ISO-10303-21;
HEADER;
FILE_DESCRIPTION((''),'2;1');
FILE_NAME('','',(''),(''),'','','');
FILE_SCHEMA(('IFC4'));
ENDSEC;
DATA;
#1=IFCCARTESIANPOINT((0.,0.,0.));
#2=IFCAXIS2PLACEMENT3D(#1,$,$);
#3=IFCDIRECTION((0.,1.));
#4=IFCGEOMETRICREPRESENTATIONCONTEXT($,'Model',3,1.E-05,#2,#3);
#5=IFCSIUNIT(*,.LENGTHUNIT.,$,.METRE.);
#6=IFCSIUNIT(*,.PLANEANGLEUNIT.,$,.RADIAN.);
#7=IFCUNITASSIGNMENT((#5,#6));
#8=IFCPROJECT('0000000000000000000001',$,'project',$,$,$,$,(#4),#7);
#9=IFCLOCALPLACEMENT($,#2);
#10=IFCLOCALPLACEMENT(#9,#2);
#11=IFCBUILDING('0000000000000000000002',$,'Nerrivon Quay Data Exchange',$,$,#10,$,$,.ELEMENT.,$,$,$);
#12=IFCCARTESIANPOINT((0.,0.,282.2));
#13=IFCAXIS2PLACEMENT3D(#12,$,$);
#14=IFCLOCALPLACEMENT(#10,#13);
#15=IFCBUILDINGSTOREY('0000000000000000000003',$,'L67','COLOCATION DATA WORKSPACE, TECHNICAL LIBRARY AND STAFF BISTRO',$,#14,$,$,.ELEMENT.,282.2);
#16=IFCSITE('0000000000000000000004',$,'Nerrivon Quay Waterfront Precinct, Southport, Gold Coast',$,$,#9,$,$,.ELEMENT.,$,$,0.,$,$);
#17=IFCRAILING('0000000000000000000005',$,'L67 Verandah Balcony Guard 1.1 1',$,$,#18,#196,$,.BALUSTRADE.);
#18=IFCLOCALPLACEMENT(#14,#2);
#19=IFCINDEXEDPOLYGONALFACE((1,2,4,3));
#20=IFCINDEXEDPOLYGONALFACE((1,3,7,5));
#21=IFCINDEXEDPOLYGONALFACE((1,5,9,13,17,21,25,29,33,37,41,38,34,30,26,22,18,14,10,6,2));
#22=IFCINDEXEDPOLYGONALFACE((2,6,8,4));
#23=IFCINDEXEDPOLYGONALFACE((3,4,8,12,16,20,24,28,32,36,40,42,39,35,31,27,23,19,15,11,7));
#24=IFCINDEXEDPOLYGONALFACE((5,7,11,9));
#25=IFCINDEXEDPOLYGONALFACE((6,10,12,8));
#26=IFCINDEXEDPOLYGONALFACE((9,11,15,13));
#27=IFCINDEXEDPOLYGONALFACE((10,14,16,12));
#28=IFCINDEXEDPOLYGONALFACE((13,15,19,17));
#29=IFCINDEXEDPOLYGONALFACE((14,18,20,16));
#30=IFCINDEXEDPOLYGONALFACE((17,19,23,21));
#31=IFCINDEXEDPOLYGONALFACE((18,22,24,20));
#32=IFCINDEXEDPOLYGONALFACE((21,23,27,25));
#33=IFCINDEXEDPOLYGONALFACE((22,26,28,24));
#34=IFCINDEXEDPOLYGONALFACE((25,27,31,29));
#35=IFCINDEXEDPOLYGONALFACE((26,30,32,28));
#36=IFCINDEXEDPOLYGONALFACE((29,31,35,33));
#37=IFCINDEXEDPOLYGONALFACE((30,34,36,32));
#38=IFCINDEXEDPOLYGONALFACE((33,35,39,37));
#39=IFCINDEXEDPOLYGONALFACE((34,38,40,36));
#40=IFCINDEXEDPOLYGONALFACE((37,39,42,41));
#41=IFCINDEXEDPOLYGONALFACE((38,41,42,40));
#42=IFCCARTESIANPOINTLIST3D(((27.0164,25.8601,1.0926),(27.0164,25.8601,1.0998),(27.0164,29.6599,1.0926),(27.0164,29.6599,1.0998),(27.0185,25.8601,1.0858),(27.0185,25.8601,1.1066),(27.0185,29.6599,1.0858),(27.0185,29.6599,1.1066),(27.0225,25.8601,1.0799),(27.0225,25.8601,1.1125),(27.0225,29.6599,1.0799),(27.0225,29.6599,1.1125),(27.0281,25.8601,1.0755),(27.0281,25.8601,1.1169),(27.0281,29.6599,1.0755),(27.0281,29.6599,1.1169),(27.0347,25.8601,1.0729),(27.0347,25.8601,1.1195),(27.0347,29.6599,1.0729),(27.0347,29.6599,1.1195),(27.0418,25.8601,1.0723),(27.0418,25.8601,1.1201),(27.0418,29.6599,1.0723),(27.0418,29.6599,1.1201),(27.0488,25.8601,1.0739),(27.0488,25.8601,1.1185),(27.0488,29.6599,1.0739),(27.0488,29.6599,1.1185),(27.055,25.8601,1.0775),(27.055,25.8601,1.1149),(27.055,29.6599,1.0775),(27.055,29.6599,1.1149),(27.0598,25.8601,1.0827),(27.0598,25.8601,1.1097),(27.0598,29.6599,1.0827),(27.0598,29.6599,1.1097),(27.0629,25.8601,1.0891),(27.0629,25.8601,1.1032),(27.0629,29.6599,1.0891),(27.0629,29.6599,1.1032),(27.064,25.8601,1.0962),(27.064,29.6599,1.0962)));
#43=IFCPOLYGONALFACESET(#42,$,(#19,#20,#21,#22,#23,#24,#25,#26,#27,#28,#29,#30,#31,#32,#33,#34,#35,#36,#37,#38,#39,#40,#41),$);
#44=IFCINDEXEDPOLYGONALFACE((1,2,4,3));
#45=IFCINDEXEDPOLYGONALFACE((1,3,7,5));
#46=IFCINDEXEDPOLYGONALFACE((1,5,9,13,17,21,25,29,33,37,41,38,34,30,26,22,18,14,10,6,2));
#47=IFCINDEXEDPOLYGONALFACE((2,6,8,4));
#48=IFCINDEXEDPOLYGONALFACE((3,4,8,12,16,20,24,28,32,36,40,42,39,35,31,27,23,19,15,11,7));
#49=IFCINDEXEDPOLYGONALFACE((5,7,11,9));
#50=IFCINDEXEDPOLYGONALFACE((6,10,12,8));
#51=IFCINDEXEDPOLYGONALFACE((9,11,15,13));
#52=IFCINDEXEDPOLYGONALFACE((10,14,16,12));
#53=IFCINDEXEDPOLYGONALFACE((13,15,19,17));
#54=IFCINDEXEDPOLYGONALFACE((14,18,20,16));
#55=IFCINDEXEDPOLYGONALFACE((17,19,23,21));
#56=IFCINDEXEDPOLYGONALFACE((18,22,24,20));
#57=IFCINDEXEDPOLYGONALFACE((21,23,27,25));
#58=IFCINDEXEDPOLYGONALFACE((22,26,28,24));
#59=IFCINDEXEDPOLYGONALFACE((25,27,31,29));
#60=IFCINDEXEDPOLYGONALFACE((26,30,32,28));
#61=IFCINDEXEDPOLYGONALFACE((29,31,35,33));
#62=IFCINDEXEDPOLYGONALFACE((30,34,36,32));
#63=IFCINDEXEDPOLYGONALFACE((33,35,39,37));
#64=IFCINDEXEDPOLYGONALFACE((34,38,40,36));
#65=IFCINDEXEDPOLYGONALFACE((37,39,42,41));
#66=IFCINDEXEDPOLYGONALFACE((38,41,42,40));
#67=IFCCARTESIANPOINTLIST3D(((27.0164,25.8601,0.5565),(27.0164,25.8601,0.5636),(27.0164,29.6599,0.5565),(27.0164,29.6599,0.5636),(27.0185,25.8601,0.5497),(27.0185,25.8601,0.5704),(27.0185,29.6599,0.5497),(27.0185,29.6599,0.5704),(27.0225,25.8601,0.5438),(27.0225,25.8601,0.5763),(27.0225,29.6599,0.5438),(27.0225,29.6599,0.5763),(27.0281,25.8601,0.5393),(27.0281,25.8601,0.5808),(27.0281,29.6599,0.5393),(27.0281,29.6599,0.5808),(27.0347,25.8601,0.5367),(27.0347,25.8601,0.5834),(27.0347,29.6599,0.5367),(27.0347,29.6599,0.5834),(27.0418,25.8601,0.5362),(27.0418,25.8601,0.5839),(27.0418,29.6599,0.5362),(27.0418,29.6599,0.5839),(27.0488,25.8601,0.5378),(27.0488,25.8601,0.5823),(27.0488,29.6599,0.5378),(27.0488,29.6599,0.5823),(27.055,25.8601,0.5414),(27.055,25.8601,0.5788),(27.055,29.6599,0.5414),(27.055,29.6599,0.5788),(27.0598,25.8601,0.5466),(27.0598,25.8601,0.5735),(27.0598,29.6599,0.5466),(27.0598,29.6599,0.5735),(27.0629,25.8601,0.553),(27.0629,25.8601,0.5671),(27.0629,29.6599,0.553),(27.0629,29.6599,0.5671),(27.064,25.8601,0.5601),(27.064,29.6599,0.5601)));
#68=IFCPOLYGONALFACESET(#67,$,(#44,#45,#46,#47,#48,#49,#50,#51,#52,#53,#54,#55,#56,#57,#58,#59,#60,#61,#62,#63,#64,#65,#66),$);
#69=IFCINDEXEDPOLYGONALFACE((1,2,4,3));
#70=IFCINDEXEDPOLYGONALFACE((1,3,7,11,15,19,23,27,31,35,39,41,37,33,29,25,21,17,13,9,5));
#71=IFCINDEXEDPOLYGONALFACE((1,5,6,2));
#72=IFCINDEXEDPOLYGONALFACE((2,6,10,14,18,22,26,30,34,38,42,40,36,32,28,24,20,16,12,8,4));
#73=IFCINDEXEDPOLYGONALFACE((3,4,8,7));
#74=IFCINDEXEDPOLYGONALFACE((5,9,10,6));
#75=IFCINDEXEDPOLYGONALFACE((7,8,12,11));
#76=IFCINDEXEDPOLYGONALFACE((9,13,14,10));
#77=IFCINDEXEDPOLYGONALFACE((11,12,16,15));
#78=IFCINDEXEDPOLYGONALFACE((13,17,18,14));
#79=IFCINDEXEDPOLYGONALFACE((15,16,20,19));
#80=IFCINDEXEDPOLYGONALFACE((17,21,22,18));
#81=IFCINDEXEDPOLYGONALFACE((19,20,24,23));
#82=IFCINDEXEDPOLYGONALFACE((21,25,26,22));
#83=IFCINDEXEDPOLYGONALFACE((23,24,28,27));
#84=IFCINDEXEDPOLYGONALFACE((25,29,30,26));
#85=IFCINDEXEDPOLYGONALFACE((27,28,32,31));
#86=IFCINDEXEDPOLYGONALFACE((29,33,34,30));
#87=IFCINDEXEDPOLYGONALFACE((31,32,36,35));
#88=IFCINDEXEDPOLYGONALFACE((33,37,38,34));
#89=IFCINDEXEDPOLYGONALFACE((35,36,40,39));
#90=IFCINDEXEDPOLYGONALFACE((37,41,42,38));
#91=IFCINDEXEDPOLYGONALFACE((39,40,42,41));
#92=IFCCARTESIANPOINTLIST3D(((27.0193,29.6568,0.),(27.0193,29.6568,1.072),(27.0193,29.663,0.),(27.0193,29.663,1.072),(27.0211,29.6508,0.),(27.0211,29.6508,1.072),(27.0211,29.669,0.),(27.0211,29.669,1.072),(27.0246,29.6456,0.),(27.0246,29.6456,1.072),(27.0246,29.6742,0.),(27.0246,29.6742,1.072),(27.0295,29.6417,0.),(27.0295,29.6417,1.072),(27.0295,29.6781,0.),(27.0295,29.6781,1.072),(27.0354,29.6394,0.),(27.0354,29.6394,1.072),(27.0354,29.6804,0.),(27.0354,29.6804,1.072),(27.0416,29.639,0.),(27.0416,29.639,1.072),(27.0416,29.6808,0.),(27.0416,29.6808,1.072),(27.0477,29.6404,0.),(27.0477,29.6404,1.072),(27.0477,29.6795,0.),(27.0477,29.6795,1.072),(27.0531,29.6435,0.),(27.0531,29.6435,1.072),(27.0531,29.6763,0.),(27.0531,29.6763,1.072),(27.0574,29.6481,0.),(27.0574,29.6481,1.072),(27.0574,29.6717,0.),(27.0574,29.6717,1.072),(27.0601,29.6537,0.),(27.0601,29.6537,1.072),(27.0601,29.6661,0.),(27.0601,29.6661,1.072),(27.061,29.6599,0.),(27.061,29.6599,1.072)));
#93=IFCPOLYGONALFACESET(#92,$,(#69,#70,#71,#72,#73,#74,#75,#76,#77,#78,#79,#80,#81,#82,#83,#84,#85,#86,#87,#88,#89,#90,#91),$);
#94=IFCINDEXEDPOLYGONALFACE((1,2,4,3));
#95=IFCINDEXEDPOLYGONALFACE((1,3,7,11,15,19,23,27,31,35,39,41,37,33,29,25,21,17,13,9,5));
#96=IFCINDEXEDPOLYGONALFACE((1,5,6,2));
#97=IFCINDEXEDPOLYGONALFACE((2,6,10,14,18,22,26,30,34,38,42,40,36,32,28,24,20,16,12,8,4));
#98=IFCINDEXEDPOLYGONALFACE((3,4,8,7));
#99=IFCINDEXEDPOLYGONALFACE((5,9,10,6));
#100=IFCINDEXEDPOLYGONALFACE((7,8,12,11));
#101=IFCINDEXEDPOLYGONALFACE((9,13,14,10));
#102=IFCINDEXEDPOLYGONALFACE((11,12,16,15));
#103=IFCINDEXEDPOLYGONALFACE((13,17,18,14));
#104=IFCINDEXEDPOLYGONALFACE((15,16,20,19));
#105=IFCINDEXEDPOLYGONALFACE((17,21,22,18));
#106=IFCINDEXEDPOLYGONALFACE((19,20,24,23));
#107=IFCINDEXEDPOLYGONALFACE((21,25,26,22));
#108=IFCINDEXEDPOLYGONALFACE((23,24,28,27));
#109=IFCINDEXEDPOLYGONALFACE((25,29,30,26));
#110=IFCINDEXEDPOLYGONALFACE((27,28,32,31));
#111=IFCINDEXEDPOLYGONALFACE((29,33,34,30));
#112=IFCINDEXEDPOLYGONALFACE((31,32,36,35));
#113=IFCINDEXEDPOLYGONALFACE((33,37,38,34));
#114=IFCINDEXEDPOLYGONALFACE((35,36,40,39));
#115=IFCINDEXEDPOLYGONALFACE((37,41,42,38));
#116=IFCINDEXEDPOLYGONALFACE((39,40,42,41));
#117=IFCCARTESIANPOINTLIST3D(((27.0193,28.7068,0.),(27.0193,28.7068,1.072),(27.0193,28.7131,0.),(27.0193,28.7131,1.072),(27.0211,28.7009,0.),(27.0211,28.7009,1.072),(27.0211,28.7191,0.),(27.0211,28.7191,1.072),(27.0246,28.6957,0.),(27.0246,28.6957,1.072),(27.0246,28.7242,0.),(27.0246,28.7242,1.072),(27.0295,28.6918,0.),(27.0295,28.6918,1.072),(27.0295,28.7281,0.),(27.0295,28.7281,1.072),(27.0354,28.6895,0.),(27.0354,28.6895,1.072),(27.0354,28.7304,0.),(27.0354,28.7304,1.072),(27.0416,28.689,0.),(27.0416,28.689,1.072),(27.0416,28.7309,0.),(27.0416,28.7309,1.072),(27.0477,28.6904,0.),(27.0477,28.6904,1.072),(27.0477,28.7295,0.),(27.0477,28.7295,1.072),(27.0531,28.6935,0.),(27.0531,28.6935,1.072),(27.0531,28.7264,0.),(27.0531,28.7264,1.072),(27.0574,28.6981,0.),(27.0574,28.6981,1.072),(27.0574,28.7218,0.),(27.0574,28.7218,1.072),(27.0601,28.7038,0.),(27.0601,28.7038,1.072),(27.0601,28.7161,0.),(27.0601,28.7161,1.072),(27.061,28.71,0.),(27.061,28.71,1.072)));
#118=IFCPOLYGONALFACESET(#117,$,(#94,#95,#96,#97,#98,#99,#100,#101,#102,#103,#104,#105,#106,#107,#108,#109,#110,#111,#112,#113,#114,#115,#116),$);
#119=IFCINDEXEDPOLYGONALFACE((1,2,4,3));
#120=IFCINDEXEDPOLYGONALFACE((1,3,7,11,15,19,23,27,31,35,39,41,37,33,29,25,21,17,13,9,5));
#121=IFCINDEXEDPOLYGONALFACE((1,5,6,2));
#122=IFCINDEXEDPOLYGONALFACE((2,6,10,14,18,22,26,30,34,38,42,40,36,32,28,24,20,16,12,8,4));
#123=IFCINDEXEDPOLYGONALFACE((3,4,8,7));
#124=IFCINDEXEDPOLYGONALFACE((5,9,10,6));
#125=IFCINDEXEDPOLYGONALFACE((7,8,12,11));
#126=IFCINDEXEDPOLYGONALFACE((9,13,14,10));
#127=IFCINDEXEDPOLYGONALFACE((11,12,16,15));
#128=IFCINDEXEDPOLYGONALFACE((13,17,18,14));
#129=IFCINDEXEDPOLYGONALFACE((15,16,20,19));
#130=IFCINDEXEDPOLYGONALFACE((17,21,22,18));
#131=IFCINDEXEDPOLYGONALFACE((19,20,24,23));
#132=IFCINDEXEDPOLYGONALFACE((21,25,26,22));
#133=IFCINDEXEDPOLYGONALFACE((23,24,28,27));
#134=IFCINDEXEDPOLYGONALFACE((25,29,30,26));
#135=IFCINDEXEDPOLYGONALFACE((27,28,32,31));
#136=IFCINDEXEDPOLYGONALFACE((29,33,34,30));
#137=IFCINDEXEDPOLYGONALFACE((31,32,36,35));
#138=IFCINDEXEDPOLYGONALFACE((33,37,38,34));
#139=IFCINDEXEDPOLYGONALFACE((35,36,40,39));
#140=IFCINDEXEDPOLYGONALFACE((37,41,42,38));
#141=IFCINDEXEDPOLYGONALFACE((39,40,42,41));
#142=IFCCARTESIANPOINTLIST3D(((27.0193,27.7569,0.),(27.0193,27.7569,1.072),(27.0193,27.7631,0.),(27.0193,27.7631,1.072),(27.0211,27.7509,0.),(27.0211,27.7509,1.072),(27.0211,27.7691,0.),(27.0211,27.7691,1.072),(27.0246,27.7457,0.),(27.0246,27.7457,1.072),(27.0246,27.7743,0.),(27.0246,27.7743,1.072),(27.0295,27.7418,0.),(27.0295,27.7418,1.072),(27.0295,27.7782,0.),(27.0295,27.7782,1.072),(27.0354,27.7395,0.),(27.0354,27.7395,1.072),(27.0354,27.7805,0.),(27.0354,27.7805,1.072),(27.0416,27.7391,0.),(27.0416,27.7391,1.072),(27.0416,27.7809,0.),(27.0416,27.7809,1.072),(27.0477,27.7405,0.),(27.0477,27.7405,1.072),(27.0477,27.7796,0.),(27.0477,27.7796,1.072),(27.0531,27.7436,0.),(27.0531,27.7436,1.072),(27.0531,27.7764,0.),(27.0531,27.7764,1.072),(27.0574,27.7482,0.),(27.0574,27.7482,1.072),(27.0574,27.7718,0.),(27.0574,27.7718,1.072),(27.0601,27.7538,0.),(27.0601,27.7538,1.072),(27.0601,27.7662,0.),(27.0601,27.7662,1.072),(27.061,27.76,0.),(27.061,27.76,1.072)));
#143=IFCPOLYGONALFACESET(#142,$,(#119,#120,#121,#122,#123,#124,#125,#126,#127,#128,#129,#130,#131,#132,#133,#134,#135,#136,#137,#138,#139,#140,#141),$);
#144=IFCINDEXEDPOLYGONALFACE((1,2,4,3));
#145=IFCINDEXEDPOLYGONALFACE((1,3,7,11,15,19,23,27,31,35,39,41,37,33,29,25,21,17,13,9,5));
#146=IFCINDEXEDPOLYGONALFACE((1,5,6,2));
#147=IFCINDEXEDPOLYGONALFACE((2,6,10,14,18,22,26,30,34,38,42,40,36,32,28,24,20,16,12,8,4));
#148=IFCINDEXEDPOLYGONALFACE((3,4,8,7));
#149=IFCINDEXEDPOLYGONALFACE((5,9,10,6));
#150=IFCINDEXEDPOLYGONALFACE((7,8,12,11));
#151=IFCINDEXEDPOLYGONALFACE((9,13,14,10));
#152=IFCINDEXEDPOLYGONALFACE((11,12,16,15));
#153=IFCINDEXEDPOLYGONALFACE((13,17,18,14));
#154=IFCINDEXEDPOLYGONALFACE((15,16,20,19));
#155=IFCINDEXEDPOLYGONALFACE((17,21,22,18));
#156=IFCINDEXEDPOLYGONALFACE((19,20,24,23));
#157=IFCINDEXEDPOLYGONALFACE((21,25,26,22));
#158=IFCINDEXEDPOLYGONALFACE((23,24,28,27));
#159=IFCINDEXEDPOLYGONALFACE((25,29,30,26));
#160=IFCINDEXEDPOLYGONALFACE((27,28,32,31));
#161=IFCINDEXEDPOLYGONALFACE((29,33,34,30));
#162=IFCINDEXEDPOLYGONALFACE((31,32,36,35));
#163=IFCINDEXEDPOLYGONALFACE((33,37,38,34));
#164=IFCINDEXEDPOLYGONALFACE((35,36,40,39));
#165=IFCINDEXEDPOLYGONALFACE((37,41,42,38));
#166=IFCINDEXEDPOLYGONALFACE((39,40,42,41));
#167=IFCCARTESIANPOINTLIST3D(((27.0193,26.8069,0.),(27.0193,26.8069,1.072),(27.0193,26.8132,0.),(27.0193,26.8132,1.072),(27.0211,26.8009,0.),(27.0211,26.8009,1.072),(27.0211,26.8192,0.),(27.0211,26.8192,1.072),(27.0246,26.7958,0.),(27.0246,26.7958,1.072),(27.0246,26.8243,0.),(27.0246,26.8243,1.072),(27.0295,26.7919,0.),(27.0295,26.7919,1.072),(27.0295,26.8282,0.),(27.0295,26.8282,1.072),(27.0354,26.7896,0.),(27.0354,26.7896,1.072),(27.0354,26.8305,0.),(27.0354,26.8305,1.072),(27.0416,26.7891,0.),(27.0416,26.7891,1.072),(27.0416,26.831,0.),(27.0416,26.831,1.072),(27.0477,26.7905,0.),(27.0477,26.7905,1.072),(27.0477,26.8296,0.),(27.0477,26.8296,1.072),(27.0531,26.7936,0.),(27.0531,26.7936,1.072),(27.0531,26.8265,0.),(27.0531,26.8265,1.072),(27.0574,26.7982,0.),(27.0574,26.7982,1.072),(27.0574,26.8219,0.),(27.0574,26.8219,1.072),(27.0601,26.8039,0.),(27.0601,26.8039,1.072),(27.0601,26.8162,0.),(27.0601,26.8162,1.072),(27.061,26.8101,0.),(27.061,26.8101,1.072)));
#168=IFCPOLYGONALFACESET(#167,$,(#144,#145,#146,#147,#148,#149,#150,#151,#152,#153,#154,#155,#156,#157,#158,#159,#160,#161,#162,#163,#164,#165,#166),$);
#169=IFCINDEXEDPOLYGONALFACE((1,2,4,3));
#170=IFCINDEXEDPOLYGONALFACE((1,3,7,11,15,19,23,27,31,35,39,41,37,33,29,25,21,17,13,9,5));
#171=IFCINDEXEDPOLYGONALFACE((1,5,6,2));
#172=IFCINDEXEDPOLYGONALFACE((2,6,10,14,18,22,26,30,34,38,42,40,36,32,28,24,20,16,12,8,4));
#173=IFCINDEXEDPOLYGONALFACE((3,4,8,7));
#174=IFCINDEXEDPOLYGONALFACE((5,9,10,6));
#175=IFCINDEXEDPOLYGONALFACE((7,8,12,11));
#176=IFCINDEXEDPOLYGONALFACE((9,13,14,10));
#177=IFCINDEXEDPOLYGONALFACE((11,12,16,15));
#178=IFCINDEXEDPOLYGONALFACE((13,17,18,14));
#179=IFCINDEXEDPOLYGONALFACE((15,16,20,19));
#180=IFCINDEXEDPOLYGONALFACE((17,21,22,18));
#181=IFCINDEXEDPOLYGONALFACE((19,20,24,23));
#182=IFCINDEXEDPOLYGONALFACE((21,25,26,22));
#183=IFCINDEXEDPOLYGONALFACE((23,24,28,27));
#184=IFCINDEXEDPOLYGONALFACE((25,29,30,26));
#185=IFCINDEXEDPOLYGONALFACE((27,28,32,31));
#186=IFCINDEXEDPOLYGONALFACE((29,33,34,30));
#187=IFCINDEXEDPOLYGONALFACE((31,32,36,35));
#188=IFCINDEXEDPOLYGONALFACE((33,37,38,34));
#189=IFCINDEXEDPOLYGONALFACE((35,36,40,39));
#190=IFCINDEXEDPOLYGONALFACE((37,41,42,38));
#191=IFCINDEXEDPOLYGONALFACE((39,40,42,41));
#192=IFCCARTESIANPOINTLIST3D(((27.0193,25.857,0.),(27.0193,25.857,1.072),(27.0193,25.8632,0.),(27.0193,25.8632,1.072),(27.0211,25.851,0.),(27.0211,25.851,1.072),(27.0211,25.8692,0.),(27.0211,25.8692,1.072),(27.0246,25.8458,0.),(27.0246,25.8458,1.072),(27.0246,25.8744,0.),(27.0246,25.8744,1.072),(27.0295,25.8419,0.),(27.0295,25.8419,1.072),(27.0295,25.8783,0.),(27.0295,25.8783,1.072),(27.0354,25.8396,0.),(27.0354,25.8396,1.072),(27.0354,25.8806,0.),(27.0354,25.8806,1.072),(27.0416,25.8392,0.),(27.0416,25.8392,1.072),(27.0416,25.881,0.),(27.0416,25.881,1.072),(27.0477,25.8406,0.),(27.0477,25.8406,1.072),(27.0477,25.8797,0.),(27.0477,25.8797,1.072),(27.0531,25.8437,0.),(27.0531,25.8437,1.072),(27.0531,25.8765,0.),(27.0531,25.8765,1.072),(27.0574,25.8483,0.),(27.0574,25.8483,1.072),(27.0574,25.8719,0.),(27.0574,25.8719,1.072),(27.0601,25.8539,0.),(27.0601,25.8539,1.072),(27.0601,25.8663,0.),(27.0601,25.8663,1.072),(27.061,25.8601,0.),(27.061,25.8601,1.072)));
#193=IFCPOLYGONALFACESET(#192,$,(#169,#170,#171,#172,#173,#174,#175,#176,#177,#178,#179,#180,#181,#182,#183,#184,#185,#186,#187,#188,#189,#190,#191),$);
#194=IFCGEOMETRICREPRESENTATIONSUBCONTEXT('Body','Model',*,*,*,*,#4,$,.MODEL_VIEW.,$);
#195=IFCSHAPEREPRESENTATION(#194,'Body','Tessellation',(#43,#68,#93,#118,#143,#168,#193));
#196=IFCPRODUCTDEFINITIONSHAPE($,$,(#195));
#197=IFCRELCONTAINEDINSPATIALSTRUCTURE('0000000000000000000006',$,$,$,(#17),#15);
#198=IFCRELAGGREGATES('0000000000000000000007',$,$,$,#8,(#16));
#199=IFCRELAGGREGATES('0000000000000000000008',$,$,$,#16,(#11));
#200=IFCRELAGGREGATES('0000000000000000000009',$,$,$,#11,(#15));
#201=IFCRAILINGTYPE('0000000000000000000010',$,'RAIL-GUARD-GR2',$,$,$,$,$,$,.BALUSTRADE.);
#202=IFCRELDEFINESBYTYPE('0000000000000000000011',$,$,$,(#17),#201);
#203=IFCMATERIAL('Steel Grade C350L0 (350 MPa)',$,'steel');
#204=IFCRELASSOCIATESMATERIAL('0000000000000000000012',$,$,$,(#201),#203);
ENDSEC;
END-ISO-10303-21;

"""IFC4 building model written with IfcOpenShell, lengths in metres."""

from ifc_helpers import new_model, si_unit, direction, frame, origin, origin_2d, place, context, subcontext, project, spatial, circle, extrude, material, type_object, element, save


model = new_model("IFC4")

# Units and contexts
model_context = context("Model", 3, precision=1e-05, world=origin(), true_north=direction((0.0, 1.0)))
body_context = subcontext(model_context, "Body", "Model", "MODEL_VIEW")
ifc_project = project(units=[si_unit("LENGTHUNIT", "METRE"), si_unit("PLANEANGLEUNIT", "RADIAN")], contexts=[model_context])

# Site, building, storey
site_placement = place(None, origin())
site = spatial("IfcSite", under=ifc_project, at=site_placement, Name="Nerrivon Quay Waterfront Precinct, Southport, Gold Coast", CompositionType="ELEMENT", RefElevation=0.0)
building_placement = place(site_placement, origin())
building = spatial("IfcBuilding", under=site, at=building_placement, Name="Nerrivon Quay Data Exchange", CompositionType="ELEMENT")
storey_placement = place(building_placement, frame((0.0, 0.0, 282.2)))
storey = spatial("IfcBuildingStorey", under=building, at=storey_placement, Name="L67", Description="COLOCATION DATA WORKSPACE, TECHNICAL LIBRARY AND STAFF BISTRO", CompositionType="ELEMENT", Elevation=282.2)

# Shared definitions
ifc_material_1 = material(Name="Steel Grade C350L0 (350 MPa)", Category="steel")

# Railing
railing_type = type_object("IfcRailingType", Name="RAIL-GUARD-GR2", PredefinedType="BALUSTRADE", material=ifc_material_1)
railing_1_placement = place(storey_placement, frame((27.04, 29.6599, 0.0)))
element("IfcRailing", 1, at=railing_1_placement, inside=storey, type_object=railing_type, Name="L67 Verandah Balcony Guard 1.1 1", PredefinedType="BALUSTRADE", context=body_context, shape_type="SweptSolid", body=[
    extrude(circle(Radius=0.0239, at=origin_2d()), frame((0.0, 0.0, 1.0962), z_axis=(0.0, -1.0, 0.0), x_axis=(1.0, 0.0, 0.0)), (0.0, 0.0, 1.0), 3.7998),
    extrude(circle(Radius=0.0239, at=origin_2d()), frame((0.0, 0.0, 0.5601), z_axis=(0.0, -1.0, 0.0), x_axis=(1.0, 0.0, 0.0)), (0.0, 0.0, 1.0), 3.7998),
    extrude(circle(Radius=0.021, at=origin_2d()), origin(), (0.0, 0.0, 1.0), 1.072),
    extrude(circle(Radius=0.021, at=origin_2d()), frame((0.0, -0.95, 0.0)), (0.0, 0.0, 1.0), 1.072),
    extrude(circle(Radius=0.021, at=origin_2d()), frame((0.0, -1.8999, 0.0)), (0.0, 0.0, 1.0), 1.072),
    extrude(circle(Radius=0.021, at=origin_2d()), frame((0.0, -2.8499, 0.0)), (0.0, 0.0, 1.0), 1.072),
    extrude(circle(Radius=0.021, at=origin_2d()), frame((0.0, -3.7998, 0.0)), (0.0, 0.0, 1.0), 1.072),
])

save(model, "model.ifc")
